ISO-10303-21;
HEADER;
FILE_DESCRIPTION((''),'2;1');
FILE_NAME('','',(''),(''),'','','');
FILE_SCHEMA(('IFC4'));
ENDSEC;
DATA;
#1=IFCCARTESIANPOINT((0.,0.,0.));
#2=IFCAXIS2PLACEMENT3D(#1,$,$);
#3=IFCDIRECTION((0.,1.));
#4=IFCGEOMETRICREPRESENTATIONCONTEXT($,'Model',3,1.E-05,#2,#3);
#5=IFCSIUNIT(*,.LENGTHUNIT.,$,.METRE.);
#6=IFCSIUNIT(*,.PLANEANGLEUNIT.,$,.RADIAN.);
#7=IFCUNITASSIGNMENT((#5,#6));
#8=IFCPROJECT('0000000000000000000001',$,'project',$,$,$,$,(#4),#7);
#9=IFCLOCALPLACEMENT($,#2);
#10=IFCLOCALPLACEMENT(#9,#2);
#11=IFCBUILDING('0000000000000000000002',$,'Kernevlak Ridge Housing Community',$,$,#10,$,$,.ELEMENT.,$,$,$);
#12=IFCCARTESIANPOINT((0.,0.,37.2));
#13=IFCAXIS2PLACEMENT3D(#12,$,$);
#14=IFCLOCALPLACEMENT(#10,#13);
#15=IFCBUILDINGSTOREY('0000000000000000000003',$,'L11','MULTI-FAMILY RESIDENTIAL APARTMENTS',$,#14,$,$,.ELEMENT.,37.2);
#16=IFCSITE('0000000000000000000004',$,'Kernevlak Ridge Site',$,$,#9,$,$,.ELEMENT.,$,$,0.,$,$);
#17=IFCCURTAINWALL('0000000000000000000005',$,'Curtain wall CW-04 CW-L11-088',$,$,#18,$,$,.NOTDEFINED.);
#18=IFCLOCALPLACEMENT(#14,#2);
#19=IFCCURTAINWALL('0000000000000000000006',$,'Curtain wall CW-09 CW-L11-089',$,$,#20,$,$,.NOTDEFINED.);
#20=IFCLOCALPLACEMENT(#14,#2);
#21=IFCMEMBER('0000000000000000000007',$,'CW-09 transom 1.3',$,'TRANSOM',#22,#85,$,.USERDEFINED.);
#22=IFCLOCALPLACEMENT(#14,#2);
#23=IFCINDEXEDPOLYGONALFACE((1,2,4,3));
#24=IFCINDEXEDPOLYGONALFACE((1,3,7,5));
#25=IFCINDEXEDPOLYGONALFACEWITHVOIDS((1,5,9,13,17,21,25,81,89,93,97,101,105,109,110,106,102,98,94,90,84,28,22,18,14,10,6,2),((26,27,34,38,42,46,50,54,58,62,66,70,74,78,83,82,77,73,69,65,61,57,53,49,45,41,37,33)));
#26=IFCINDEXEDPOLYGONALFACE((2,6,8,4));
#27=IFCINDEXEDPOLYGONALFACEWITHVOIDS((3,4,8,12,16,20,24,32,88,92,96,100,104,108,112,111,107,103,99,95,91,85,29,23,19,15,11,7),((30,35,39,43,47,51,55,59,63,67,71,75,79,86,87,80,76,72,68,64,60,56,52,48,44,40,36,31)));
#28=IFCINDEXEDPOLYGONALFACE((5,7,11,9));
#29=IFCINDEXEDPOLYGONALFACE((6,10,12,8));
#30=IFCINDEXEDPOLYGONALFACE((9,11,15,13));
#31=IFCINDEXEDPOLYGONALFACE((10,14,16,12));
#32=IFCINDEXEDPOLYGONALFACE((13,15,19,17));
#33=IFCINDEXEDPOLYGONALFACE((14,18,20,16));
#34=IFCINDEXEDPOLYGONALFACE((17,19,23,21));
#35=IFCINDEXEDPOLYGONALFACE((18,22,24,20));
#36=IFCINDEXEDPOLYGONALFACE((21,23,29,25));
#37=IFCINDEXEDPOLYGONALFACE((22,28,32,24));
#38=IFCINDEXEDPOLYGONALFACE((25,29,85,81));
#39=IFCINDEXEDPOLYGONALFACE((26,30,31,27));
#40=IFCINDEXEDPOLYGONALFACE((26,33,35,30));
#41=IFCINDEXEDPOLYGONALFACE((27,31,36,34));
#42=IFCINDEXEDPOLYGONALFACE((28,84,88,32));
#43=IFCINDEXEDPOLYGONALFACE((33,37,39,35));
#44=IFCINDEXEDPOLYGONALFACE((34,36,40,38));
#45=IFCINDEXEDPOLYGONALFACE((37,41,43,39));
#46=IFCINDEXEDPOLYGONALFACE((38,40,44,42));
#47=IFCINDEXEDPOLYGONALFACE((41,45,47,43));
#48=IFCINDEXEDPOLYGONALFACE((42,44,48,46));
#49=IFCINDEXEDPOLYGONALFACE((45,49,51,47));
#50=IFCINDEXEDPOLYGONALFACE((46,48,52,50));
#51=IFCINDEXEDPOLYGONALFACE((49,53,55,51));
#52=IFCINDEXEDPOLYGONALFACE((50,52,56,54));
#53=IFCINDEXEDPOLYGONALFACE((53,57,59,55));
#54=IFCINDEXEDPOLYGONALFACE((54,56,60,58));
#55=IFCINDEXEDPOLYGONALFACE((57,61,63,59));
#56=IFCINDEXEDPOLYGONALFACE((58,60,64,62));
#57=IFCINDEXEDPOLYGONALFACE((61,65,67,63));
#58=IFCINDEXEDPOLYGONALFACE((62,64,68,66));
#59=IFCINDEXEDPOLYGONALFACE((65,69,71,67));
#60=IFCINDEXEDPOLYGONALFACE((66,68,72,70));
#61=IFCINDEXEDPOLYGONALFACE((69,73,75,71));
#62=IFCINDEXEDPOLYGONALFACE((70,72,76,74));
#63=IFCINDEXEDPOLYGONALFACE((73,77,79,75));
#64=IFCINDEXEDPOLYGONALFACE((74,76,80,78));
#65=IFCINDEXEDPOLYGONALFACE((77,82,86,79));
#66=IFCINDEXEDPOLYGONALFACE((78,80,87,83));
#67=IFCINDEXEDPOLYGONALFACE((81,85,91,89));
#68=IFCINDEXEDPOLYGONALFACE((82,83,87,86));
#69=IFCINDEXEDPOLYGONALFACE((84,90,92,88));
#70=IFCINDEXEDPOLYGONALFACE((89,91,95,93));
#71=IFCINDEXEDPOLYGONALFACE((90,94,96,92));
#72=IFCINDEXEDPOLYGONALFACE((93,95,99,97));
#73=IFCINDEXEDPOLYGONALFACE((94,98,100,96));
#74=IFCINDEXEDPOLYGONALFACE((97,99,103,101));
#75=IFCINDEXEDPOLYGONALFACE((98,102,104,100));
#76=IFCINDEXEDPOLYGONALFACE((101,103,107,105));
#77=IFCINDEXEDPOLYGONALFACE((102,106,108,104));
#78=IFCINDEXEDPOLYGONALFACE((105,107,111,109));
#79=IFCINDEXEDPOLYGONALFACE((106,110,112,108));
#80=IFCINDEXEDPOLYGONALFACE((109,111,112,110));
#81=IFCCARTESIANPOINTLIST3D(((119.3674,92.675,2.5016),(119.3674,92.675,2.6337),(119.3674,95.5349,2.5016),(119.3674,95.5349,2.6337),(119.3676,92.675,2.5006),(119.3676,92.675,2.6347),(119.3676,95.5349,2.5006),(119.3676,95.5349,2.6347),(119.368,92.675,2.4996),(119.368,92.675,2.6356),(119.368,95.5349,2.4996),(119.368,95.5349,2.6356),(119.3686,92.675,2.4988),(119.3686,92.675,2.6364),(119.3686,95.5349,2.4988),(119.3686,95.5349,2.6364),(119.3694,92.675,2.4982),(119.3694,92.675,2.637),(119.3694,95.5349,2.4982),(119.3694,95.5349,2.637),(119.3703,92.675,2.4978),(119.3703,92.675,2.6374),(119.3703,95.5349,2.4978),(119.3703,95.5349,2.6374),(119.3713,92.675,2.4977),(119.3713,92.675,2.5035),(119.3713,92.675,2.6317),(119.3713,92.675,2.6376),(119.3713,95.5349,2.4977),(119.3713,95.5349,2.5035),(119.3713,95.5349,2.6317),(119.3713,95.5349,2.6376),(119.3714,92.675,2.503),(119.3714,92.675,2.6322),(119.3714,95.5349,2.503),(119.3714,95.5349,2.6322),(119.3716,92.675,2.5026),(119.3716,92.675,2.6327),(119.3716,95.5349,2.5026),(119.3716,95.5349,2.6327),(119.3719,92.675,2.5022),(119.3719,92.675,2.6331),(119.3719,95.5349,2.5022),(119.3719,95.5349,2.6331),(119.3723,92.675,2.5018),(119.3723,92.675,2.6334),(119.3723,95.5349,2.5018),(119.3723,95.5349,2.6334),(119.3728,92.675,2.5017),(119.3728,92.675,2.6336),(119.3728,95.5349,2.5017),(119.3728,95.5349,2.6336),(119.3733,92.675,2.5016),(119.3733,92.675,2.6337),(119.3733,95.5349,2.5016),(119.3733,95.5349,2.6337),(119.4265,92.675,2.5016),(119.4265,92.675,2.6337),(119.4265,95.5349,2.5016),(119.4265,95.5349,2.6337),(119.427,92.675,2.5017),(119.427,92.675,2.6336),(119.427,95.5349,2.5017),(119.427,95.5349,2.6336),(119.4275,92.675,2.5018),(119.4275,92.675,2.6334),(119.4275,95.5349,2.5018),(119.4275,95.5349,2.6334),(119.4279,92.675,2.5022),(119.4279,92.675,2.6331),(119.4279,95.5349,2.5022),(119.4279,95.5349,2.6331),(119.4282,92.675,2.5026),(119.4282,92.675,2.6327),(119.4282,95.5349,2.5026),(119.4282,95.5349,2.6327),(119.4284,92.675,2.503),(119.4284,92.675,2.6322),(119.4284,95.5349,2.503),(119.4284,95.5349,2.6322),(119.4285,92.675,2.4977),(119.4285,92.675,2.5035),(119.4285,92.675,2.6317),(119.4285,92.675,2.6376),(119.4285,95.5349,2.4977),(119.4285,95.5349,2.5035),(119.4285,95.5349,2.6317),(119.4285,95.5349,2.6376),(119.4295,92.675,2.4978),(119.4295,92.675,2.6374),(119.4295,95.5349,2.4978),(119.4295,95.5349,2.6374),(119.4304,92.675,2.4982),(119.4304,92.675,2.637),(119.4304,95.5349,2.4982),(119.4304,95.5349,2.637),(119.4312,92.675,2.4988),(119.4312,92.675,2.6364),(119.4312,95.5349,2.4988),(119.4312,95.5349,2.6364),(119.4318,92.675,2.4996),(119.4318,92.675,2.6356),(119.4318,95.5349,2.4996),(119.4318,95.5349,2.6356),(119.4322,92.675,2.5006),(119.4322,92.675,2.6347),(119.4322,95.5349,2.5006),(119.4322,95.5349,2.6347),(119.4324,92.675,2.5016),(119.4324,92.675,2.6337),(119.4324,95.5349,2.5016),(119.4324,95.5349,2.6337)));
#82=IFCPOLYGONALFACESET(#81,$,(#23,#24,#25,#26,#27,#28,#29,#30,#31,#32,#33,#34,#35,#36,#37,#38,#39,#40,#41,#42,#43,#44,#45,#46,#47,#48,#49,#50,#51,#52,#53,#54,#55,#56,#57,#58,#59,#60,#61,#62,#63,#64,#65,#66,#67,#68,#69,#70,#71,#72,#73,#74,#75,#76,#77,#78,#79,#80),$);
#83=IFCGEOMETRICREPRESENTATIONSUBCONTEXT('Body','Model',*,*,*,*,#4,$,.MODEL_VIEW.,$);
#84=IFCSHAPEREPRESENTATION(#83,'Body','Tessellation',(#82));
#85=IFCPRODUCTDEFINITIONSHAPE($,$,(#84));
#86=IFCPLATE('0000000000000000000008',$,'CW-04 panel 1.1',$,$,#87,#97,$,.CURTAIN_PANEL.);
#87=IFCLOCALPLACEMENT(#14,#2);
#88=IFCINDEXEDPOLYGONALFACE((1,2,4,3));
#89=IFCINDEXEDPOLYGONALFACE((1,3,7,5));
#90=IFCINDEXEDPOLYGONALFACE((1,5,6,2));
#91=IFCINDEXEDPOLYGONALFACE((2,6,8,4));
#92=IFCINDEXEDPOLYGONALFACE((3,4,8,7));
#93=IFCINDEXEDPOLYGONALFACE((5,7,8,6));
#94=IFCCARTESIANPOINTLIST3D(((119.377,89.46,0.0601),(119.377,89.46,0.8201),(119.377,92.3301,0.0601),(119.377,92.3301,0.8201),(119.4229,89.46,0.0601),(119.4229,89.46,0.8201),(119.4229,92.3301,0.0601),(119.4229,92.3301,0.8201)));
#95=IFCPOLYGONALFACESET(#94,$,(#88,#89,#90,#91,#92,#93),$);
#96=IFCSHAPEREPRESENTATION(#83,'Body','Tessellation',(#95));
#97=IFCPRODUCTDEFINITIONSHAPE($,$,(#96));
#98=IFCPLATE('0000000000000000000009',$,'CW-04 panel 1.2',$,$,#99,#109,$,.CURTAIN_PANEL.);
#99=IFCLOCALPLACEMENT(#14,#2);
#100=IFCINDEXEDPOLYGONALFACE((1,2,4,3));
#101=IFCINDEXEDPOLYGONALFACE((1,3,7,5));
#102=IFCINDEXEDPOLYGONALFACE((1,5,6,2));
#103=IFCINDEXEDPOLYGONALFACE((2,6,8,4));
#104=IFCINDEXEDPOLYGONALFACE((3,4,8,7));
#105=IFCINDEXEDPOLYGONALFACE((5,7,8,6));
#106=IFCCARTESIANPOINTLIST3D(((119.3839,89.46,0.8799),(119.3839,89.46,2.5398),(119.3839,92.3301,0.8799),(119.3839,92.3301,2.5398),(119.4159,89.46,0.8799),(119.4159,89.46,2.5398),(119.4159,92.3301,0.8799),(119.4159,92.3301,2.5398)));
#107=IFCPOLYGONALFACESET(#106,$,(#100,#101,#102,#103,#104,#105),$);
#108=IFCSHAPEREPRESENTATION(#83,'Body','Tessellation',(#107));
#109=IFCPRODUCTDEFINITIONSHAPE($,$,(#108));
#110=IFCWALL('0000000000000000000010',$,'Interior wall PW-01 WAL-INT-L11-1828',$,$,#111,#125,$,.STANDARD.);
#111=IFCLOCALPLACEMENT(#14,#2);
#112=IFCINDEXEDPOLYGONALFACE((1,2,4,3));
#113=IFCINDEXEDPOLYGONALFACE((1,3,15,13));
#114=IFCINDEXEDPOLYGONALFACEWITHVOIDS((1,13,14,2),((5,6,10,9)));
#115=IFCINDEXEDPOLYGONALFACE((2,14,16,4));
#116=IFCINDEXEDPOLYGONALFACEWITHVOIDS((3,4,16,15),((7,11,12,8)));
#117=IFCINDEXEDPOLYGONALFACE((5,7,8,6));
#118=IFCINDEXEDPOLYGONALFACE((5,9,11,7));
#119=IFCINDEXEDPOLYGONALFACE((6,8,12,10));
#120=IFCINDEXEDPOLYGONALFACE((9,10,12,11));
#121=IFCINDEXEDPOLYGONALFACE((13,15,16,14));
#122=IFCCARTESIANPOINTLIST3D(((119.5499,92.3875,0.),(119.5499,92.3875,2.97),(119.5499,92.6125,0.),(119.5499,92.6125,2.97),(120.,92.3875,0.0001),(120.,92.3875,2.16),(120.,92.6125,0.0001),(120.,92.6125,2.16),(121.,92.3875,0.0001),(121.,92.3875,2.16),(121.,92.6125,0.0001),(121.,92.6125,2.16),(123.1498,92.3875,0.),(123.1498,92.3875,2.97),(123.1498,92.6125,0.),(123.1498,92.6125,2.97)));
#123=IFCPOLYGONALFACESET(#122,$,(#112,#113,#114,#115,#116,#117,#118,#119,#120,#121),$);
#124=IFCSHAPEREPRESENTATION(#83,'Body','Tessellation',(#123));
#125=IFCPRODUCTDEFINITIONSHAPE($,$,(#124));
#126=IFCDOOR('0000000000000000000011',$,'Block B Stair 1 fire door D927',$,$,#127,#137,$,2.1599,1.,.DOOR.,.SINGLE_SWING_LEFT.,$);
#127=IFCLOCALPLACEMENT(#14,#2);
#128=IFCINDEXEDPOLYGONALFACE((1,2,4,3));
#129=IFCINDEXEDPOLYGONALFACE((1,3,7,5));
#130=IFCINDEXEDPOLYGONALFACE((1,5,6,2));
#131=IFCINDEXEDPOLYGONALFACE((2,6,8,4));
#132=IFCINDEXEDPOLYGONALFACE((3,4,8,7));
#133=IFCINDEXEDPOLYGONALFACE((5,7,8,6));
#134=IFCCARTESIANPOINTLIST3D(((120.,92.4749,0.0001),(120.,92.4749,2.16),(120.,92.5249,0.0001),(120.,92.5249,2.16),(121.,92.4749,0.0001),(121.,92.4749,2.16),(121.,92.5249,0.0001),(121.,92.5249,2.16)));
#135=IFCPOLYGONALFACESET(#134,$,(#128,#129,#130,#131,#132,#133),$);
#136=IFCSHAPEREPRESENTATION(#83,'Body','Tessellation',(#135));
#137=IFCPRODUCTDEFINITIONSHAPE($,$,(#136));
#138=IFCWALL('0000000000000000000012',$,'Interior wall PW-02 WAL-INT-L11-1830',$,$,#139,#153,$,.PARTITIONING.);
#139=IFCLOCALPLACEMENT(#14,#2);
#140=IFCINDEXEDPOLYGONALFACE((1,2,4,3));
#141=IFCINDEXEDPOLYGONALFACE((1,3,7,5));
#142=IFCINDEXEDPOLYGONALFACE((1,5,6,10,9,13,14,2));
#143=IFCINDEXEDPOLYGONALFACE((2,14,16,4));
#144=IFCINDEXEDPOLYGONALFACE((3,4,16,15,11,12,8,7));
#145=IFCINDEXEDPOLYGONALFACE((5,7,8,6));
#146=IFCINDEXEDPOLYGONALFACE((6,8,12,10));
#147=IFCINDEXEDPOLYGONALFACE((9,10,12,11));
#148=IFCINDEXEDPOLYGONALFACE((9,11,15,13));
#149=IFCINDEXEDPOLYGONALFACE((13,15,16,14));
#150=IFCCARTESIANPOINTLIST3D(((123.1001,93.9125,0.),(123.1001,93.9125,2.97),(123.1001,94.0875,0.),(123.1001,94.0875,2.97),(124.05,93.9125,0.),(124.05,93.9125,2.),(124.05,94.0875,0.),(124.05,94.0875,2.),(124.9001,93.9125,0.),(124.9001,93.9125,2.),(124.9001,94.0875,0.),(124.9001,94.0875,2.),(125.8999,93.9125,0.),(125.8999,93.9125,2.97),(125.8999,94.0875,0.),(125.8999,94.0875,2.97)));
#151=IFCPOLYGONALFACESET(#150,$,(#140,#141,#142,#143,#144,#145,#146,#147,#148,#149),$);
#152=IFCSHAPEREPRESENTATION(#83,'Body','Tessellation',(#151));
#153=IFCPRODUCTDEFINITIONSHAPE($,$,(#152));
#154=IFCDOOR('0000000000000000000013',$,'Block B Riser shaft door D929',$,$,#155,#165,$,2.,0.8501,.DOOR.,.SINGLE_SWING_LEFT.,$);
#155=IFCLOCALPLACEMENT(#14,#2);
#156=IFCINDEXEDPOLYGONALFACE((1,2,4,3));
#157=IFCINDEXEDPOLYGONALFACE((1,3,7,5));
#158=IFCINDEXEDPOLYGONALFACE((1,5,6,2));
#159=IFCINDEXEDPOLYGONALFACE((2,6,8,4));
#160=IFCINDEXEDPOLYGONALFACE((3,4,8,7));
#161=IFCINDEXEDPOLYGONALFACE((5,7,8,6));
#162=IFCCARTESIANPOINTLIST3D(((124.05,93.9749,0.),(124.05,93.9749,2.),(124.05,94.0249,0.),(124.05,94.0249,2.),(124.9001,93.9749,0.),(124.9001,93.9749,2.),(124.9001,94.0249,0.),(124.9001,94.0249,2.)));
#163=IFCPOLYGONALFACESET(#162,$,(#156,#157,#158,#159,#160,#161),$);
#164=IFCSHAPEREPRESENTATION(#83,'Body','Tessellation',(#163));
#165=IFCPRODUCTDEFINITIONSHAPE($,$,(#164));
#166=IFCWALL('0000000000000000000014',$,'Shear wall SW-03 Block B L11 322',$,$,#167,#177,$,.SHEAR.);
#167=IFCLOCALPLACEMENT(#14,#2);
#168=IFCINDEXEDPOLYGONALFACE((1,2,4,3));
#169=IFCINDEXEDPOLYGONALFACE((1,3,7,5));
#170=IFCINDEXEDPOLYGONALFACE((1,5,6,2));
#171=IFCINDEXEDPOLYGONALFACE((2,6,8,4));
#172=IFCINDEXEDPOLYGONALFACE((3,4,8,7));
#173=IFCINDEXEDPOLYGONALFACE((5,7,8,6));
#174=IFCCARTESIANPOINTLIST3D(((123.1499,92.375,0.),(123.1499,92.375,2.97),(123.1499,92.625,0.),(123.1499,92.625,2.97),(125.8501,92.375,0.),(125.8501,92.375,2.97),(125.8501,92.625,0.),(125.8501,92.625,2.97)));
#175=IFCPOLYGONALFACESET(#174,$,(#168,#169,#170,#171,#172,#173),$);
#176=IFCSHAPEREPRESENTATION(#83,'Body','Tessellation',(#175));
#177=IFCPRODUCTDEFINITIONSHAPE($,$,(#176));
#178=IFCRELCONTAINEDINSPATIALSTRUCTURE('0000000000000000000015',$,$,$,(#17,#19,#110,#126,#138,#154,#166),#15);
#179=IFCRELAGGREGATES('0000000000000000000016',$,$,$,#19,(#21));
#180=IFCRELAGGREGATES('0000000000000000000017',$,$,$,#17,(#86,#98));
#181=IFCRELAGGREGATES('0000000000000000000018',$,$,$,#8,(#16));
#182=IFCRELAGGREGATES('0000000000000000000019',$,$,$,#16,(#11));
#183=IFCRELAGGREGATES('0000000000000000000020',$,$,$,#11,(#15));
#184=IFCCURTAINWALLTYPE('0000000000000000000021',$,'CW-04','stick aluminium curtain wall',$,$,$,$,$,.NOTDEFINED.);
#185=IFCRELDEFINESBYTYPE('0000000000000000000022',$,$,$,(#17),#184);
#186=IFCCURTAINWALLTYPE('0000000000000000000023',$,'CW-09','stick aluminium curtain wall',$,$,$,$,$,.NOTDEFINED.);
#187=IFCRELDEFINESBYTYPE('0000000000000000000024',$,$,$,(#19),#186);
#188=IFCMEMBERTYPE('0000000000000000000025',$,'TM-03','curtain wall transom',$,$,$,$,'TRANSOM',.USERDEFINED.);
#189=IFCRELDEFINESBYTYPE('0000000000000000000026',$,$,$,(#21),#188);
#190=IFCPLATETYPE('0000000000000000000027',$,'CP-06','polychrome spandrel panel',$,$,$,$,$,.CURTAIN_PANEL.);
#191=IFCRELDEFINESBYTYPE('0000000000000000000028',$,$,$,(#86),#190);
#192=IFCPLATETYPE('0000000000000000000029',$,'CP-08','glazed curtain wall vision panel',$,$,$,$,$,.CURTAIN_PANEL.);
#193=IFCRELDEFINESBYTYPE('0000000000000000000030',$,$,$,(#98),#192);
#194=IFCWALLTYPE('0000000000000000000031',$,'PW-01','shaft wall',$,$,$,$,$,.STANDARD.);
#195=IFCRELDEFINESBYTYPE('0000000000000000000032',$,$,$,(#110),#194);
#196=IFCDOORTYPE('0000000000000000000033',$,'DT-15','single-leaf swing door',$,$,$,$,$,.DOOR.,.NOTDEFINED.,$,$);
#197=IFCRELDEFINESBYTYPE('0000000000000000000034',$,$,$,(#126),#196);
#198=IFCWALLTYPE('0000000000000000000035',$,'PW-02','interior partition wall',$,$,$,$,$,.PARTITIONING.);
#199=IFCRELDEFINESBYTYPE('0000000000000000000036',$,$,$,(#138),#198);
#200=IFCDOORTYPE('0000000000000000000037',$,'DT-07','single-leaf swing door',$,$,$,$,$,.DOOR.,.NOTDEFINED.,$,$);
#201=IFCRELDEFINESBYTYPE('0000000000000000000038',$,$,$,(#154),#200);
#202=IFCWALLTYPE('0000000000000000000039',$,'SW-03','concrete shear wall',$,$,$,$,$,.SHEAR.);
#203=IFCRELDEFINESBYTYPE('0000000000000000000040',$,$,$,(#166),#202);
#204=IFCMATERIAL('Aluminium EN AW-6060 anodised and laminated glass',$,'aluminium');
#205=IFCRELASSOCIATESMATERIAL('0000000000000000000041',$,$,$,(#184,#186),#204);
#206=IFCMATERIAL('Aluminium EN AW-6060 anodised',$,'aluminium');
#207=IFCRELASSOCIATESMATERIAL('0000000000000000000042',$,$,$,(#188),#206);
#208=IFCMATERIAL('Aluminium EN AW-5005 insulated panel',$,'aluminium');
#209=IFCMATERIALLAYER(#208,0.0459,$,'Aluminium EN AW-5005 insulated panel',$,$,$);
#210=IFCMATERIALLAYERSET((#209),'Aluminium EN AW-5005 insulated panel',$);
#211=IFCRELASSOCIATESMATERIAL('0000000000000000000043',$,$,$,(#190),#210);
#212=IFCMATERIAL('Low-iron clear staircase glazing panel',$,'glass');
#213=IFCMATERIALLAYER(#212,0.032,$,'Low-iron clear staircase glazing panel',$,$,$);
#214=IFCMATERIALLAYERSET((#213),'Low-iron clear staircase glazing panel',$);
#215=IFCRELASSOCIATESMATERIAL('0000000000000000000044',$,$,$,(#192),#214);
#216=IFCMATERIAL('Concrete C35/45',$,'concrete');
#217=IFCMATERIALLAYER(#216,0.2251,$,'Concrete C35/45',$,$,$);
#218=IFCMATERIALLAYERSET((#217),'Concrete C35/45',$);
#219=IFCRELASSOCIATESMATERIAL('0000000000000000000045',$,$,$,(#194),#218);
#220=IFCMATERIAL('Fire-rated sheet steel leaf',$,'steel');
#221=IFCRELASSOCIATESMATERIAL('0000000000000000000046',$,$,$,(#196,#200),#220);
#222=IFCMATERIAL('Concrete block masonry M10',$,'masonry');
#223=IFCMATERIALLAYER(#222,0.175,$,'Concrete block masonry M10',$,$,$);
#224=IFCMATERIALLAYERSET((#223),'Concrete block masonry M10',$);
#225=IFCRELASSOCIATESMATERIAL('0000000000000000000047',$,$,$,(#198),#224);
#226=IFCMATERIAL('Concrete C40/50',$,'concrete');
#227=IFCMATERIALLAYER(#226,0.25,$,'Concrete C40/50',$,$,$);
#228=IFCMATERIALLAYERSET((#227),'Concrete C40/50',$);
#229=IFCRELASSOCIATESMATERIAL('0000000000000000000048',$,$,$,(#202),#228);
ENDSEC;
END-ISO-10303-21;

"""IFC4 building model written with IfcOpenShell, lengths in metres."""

from ifc_helpers import new_model, si_unit, direction, frame, frame_2d, origin, origin_2d, place, context, subcontext, project, spatial, rectangle, hollow_rectangle, extrude, material, layer, layer_set, material_profile, profile_set, type_object, element, fill, aggregate, save


model = new_model("IFC4")

# Units and contexts
model_context = context("Model", 3, precision=1e-05, world=origin(), true_north=direction((0.0, 1.0)))
body_context = subcontext(model_context, "Body", "Model", "MODEL_VIEW")
ifc_project = project(units=[si_unit("LENGTHUNIT", "METRE"), si_unit("PLANEANGLEUNIT", "RADIAN")], contexts=[model_context])

# Site, building, storey
site_placement = place(None, origin())
site = spatial("IfcSite", under=ifc_project, at=site_placement, Name="Kernevlak Ridge Site", CompositionType="ELEMENT", RefElevation=0.0)
building_placement = place(site_placement, origin())
building = spatial("IfcBuilding", under=site, at=building_placement, Name="Kernevlak Ridge Housing Community", CompositionType="ELEMENT")
storey_placement = place(building_placement, frame((0.0, 0.0, 37.2)))
storey = spatial("IfcBuildingStorey", under=building, at=storey_placement, Name="L11", Description="MULTI-FAMILY RESIDENTIAL APARTMENTS", CompositionType="ELEMENT", Elevation=37.2)

# Curtain walls
ifc_material_1 = material(Name="Aluminium EN AW-6060 anodised and laminated glass", Category="aluminium")
curtain_wall_type_1 = type_object("IfcCurtainWallType", Name="CW-04", Description="stick aluminium curtain wall", PredefinedType="NOTDEFINED", material=ifc_material_1)
curtain_wall_1_placement = place(storey_placement, origin())
curtain_wall_1 = element("IfcCurtainWall", 1, at=curtain_wall_1_placement, inside=storey, type_object=curtain_wall_type_1, Name="Curtain wall CW-04 CW-L11-088", PredefinedType="NOTDEFINED")
ifc_material_2 = material(Name="Aluminium EN AW-6060 anodised", Category="aluminium")
curtain_wall_type_2 = type_object("IfcCurtainWallType", Name="CW-09", Description="stick aluminium curtain wall", PredefinedType="NOTDEFINED", material=ifc_material_1)
curtain_wall_2_placement = place(storey_placement, origin())
curtain_wall_2 = element("IfcCurtainWall", 2, at=curtain_wall_2_placement, inside=storey, type_object=curtain_wall_type_2, Name="Curtain wall CW-09 CW-L11-089", PredefinedType="NOTDEFINED")

# Member
ifc_material_profile_1 = material_profile(ifc_material_2, hollow_rectangle(XDim=0.0649, YDim=0.1399, WallThickness=0.0039, InnerFilletRadius=0.002, OuterFilletRadius=0.0039, at=origin_2d()), Name="ALU 65x140x4")
ifc_profile_set_1 = profile_set([ifc_material_profile_1], Name="Aluminium EN AW-6060 anodised")
member_type_1 = type_object("IfcMemberType", Name="TM-03", Description="curtain wall transom", ElementType="TRANSOM", PredefinedType="USERDEFINED", material=ifc_profile_set_1)
member_1_placement = place(storey_placement, frame((119.3999, 92.675, 2.5676), z_axis=(0.0, 1.0, 0.0), x_axis=(-1.0, 0.0, 0.0)))
member_1 = element("IfcMember", 3, at=member_1_placement, type_object=member_type_1, Name="CW-09 transom 1.3", ObjectType="TRANSOM", PredefinedType="USERDEFINED", context=body_context, shape_type="SweptSolid", body=[
    extrude(hollow_rectangle(XDim=0.0649, YDim=0.1399, WallThickness=0.0039, InnerFilletRadius=0.002, OuterFilletRadius=0.0039, at=origin_2d()), origin(), (0.0, 0.0, 1.0), 2.8599),
])
aggregate(curtain_wall_2, [member_1])

# Plates
ifc_material_3 = material(Name="Aluminium EN AW-5005 insulated panel", Category="aluminium")
ifc_layer_1 = layer(ifc_material_3, 0.0459, Name="Aluminium EN AW-5005 insulated panel")
ifc_layer_set_1 = layer_set([ifc_layer_1], Name="Aluminium EN AW-5005 insulated panel")
plate_type_1 = type_object("IfcPlateType", Name="CP-06", Description="polychrome spandrel panel", PredefinedType="CURTAIN_PANEL", material=ifc_layer_set_1)
plate_1_placement = place(storey_placement, frame((119.3999, 90.895, 0.0601), z_axis=(0.0, 0.0, 1.0), x_axis=(0.0, 1.0, 0.0)))
plate_1 = element("IfcPlate", 4, at=plate_1_placement, type_object=plate_type_1, Name="CW-04 panel 1.1", PredefinedType="CURTAIN_PANEL", context=body_context, shape_type="SweptSolid", body=[
    extrude(rectangle(XDim=2.8701, YDim=0.0459, at=origin_2d()), origin(), (0.0, 0.0, 1.0), 0.76),
])
ifc_material_4 = material(Name="Low-iron clear staircase glazing panel", Category="glass")
ifc_layer_2 = layer(ifc_material_4, 0.032, Name="Low-iron clear staircase glazing panel")
ifc_layer_set_2 = layer_set([ifc_layer_2], Name="Low-iron clear staircase glazing panel")
plate_type_2 = type_object("IfcPlateType", Name="CP-08", Description="glazed curtain wall vision panel", PredefinedType="CURTAIN_PANEL", material=ifc_layer_set_2)
plate_2_placement = place(storey_placement, frame((119.3999, 90.895, 0.8799), z_axis=(0.0, 0.0, 1.0), x_axis=(0.0, 1.0, 0.0)))
plate_2 = element("IfcPlate", 5, at=plate_2_placement, type_object=plate_type_2, Name="CW-04 panel 1.2", PredefinedType="CURTAIN_PANEL", context=body_context, shape_type="SweptSolid", body=[
    extrude(rectangle(XDim=2.8701, YDim=0.032, at=origin_2d()), origin(), (0.0, 0.0, 1.0), 1.6599),
])
aggregate(curtain_wall_1, [plate_1, plate_2])

# Walls, openings, doors
ifc_material_5 = material(Name="Concrete C35/45", Category="concrete")
ifc_layer_3 = layer(ifc_material_5, 0.2251, Name="Concrete C35/45")
ifc_layer_set_3 = layer_set([ifc_layer_3], Name="Concrete C35/45")
wall_type_1 = type_object("IfcWallType", Name="PW-01", Description="shaft wall", PredefinedType="STANDARD", material=ifc_layer_set_3)
wall_1_placement = place(storey_placement, frame((119.55, 92.5, 0.0), z_axis=(0.0, 0.0, 1.0), x_axis=(1.0, 0.0, 0.0)))
wall_1 = element("IfcWall", 6, at=wall_1_placement, inside=storey, type_object=wall_type_1, Name="Interior wall PW-01 WAL-INT-L11-1828", PredefinedType="STANDARD", context=body_context, shape_type="SweptSolid", body=[
    extrude(rectangle(XDim=3.5999, YDim=0.2251, at=frame_2d((1.7998, 0.0))), origin(), (0.0, 0.0, 1.0), 2.97),
])
opening_1_placement = place(wall_1_placement, frame((0.45, 0.0, 0.0)))
opening_1 = element("IfcOpeningElement", 7, at=opening_1_placement, cuts=wall_1, PredefinedType="OPENING", context=body_context, shape_type="SweptSolid", body=[
    extrude(rectangle(XDim=1.0, YDim=2.1599, at=frame_2d((0.5, 1.0801))), frame((0.0, 0.1226, 0.0), z_axis=(0.0, -1.0, 0.0), x_axis=(1.0, 0.0, 0.0)), (0.0, 0.0, 1.0), 0.2451),
])
ifc_material_6 = material(Name="Fire-rated sheet steel leaf", Category="steel")
door_type_1 = type_object("IfcDoorType", Name="DT-15", Description="single-leaf swing door", OperationType="NOTDEFINED", PredefinedType="DOOR", material=ifc_material_6)
door_1_placement = place(opening_1_placement, origin())
door_1 = element("IfcDoor", 8, at=door_1_placement, inside=storey, type_object=door_type_1, Name="Block B Stair 1 fire door D927", OperationType="SINGLE_SWING_LEFT", OverallHeight=2.1599, OverallWidth=1.0, PredefinedType="DOOR", context=body_context, shape_type="SweptSolid", body=[
    extrude(rectangle(XDim=1.0, YDim=2.1599, at=frame_2d((0.5, 1.0801))), frame((0.0, 0.0249, 0.0), z_axis=(0.0, -1.0, 0.0), x_axis=(1.0, 0.0, 0.0)), (0.0, 0.0, 1.0), 0.05),
])
fill(opening_1, door_1)
ifc_material_7 = material(Name="Concrete block masonry M10", Category="masonry")
ifc_layer_4 = layer(ifc_material_7, 0.175, Name="Concrete block masonry M10")
ifc_layer_set_4 = layer_set([ifc_layer_4], Name="Concrete block masonry M10")
wall_type_2 = type_object("IfcWallType", Name="PW-02", Description="interior partition wall", PredefinedType="PARTITIONING", material=ifc_layer_set_4)
wall_2_placement = place(storey_placement, frame((123.1001, 94.0, 0.0), z_axis=(0.0, 0.0, 1.0), x_axis=(1.0, 0.0, 0.0)))
wall_2 = element("IfcWall", 9, at=wall_2_placement, inside=storey, type_object=wall_type_2, Name="Interior wall PW-02 WAL-INT-L11-1830", PredefinedType="PARTITIONING", context=body_context, shape_type="SweptSolid", body=[
    extrude(rectangle(XDim=2.7998, YDim=0.175, at=frame_2d((1.3999, 0.0))), origin(), (0.0, 0.0, 1.0), 2.97),
])
opening_2_placement = place(wall_2_placement, frame((0.95, 0.0, 0.0)))
opening_2 = element("IfcOpeningElement", 10, at=opening_2_placement, cuts=wall_2, PredefinedType="OPENING", context=body_context, shape_type="SweptSolid", body=[
    extrude(rectangle(XDim=0.8501, YDim=2.0, at=frame_2d((0.425, 1.0))), frame((0.0, 0.0974, 0.0), z_axis=(0.0, -1.0, 0.0), x_axis=(1.0, 0.0, 0.0)), (0.0, 0.0, 1.0), 0.1951),
])
door_type_2 = type_object("IfcDoorType", Name="DT-07", Description="single-leaf swing door", OperationType="NOTDEFINED", PredefinedType="DOOR", material=ifc_material_6)
door_2_placement = place(opening_2_placement, origin())
door_2 = element("IfcDoor", 11, at=door_2_placement, inside=storey, type_object=door_type_2, Name="Block B Riser shaft door D929", OperationType="SINGLE_SWING_LEFT", OverallHeight=2.0, OverallWidth=0.8501, PredefinedType="DOOR", context=body_context, shape_type="SweptSolid", body=[
    extrude(rectangle(XDim=0.8501, YDim=2.0, at=frame_2d((0.425, 1.0))), frame((0.0, 0.0249, 0.0), z_axis=(0.0, -1.0, 0.0), x_axis=(1.0, 0.0, 0.0)), (0.0, 0.0, 1.0), 0.05),
])
fill(opening_2, door_2)

# Wall
ifc_material_8 = material(Name="Concrete C40/50", Category="concrete")
ifc_layer_5 = layer(ifc_material_8, 0.25, Name="Concrete C40/50")
ifc_layer_set_5 = layer_set([ifc_layer_5], Name="Concrete C40/50")
wall_type_3 = type_object("IfcWallType", Name="SW-03", Description="concrete shear wall", PredefinedType="SHEAR", material=ifc_layer_set_5)
wall_3_placement = place(storey_placement, frame((123.1499, 92.5, 0.0), z_axis=(0.0, 0.0, 1.0), x_axis=(1.0, 0.0, 0.0)))
element("IfcWall", 12, at=wall_3_placement, inside=storey, type_object=wall_type_3, Name="Shear wall SW-03 Block B L11 322", PredefinedType="SHEAR", context=body_context, shape_type="SweptSolid", body=[
    extrude(rectangle(XDim=2.7002, YDim=0.25, at=frame_2d((1.3501, 0.0))), origin(), (0.0, 0.0, 1.0), 2.97),
])

save(model, "model.ifc")
